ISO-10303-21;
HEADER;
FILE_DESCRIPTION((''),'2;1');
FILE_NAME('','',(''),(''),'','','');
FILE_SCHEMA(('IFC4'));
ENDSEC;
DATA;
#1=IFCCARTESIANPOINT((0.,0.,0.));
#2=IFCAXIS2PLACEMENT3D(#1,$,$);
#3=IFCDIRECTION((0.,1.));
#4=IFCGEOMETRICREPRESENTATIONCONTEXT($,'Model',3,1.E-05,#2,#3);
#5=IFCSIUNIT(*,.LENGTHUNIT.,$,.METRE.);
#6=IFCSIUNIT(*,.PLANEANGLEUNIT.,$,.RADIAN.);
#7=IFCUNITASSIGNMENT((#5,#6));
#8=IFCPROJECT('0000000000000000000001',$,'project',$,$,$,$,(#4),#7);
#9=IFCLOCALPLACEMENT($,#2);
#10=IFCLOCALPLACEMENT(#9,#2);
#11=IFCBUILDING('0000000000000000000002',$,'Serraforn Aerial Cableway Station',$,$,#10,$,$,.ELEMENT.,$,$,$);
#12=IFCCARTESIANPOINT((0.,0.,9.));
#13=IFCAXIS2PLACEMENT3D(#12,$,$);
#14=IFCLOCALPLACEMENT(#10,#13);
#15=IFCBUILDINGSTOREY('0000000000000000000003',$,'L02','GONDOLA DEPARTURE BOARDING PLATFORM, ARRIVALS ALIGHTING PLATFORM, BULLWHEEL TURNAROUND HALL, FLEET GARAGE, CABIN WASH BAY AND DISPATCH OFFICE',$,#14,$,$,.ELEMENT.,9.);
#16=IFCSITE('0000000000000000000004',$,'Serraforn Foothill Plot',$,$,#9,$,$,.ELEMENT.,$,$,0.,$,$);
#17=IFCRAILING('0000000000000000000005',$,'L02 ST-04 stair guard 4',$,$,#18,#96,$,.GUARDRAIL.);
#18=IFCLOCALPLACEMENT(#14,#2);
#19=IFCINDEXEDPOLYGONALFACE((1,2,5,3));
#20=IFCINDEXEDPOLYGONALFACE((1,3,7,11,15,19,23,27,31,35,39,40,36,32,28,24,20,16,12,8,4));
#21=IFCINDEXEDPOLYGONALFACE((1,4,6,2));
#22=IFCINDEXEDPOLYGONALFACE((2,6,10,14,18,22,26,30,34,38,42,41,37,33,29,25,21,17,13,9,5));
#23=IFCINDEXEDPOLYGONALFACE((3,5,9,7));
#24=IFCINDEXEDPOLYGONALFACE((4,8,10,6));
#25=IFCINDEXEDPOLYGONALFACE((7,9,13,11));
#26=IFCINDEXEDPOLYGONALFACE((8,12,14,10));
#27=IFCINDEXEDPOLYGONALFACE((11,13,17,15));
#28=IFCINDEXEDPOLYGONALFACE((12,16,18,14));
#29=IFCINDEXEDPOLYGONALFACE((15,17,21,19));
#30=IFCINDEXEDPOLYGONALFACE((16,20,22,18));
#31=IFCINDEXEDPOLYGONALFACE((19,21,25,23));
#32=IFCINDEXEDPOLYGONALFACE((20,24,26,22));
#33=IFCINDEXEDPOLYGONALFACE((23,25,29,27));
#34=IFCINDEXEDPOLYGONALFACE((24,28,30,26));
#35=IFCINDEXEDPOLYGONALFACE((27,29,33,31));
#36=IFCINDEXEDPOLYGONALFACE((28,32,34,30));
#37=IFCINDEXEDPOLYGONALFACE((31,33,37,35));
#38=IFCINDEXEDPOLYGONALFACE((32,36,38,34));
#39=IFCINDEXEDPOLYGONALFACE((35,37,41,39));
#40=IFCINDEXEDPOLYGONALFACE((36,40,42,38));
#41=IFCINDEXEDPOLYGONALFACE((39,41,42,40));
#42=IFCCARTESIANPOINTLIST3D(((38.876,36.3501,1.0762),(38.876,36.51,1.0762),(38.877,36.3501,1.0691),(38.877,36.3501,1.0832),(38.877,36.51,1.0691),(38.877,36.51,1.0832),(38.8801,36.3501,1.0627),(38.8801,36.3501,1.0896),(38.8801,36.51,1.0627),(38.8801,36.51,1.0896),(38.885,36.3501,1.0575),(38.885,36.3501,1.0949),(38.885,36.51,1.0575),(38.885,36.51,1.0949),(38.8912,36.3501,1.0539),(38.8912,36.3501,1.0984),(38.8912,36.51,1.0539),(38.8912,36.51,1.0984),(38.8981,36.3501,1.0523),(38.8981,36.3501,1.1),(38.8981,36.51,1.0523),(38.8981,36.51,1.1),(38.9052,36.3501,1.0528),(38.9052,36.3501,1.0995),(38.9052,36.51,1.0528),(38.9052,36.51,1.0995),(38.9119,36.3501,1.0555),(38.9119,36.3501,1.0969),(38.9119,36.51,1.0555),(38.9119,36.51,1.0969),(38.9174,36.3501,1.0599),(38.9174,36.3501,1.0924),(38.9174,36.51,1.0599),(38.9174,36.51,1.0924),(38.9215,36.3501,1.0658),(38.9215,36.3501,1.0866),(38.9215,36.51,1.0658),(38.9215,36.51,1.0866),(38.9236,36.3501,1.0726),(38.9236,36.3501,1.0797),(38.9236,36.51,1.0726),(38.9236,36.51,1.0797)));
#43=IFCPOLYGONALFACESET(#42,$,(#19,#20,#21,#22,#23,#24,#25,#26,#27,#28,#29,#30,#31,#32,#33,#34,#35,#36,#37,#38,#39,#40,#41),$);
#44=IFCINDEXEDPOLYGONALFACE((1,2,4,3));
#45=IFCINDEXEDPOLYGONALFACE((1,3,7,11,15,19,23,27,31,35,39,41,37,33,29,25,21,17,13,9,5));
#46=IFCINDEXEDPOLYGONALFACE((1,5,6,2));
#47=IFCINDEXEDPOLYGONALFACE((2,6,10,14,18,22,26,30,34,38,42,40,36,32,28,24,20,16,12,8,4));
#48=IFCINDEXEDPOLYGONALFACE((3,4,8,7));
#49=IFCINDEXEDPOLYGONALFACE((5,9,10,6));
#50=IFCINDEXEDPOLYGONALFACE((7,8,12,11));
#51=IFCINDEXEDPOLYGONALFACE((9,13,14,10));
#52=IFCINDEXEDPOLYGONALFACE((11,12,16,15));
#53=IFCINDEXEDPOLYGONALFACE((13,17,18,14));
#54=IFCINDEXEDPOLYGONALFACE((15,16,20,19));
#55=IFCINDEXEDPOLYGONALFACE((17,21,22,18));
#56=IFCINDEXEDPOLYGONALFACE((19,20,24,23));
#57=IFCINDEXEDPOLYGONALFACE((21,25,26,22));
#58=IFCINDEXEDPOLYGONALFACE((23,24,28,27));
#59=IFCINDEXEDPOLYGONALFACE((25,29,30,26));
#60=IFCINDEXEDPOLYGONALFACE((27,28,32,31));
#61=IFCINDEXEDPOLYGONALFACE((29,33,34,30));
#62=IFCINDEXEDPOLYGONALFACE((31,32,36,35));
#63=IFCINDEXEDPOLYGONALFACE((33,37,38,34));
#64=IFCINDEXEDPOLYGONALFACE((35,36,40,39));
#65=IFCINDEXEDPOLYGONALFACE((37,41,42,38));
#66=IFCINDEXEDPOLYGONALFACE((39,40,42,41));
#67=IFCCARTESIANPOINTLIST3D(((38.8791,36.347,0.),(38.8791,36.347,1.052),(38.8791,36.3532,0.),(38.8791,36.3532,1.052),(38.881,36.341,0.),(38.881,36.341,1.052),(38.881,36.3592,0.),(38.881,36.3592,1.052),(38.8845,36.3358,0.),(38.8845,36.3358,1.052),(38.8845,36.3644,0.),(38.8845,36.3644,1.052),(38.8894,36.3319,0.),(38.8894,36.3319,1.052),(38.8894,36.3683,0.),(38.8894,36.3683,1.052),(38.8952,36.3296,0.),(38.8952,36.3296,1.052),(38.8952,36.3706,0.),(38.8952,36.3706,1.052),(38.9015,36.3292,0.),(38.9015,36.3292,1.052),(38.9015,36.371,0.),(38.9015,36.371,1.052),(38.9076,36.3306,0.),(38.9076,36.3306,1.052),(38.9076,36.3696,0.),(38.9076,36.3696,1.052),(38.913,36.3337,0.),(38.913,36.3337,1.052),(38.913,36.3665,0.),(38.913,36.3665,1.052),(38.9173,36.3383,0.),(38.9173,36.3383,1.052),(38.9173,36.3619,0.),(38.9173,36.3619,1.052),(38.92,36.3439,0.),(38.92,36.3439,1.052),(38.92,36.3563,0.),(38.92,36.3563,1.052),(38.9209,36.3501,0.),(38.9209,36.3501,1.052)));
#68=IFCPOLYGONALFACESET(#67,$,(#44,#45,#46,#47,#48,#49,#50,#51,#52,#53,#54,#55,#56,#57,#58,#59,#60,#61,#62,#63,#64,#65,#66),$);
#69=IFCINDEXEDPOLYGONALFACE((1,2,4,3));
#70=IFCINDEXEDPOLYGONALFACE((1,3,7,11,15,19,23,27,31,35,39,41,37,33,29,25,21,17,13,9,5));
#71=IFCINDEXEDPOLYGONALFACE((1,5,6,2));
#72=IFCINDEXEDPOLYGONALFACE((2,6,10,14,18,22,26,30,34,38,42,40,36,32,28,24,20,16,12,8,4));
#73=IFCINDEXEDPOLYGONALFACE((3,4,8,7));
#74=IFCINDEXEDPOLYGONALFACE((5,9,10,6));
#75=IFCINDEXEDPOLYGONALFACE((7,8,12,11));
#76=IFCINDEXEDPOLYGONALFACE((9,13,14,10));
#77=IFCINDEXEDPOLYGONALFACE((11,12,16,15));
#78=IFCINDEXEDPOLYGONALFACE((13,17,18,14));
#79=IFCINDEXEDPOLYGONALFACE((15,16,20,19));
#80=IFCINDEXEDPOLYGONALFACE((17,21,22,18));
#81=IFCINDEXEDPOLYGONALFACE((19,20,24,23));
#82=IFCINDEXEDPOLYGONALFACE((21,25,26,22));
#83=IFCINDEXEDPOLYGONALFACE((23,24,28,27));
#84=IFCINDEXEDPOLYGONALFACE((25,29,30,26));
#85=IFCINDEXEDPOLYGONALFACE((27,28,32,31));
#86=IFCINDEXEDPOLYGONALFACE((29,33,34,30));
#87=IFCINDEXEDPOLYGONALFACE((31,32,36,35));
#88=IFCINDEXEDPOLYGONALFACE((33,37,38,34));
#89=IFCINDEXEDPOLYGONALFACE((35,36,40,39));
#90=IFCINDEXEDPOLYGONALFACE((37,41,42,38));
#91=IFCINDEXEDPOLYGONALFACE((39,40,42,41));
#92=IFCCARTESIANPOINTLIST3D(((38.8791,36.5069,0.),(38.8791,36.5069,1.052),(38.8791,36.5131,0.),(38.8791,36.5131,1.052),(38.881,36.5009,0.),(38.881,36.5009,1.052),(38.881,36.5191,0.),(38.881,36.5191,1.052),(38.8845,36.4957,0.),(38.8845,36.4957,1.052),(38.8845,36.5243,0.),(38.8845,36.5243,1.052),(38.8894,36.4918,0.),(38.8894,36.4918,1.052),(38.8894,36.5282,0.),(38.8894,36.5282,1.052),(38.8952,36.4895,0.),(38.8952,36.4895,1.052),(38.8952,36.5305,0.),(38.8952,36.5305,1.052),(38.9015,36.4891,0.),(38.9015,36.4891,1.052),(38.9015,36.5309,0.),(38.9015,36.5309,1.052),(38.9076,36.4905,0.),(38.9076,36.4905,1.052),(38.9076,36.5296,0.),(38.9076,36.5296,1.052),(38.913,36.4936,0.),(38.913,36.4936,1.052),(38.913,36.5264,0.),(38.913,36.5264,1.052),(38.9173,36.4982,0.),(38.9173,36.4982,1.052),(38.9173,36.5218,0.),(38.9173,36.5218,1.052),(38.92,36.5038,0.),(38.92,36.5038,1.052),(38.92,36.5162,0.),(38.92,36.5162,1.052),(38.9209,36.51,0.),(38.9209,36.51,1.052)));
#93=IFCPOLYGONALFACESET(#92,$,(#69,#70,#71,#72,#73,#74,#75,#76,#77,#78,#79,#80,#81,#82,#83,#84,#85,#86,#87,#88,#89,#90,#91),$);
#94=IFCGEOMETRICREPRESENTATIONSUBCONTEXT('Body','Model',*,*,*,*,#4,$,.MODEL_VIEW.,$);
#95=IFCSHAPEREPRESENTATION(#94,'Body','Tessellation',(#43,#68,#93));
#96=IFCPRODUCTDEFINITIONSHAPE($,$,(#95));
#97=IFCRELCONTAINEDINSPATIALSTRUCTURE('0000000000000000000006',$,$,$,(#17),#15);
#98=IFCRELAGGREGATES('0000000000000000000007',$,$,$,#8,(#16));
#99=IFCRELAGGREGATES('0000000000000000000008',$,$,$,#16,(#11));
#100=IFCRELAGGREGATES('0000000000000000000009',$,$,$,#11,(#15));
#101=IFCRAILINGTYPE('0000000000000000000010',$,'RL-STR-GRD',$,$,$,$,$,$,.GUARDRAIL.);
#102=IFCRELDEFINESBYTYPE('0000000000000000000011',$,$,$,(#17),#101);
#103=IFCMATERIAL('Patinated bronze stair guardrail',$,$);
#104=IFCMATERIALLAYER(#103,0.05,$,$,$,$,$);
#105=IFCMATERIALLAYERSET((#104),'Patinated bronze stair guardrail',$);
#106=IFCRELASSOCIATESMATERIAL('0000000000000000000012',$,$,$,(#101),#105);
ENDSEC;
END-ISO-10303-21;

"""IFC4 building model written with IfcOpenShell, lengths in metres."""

from ifc_helpers import new_model, si_unit, direction, frame, origin, origin_2d, place, context, subcontext, project, spatial, circle, extrude, material, layer, layer_set, type_object, element, save


model = new_model("IFC4")

# Units and contexts
model_context = context("Model", 3, precision=1e-05, world=origin(), true_north=direction((0.0, 1.0)))
body_context = subcontext(model_context, "Body", "Model", "MODEL_VIEW")
ifc_project = project(units=[si_unit("LENGTHUNIT", "METRE"), si_unit("PLANEANGLEUNIT", "RADIAN")], contexts=[model_context])

# Site, building, storey
site_placement = place(None, origin())
site = spatial("IfcSite", under=ifc_project, at=site_placement, Name="Serraforn Foothill Plot", CompositionType="ELEMENT", RefElevation=0.0)
building_placement = place(site_placement, origin())
building = spatial("IfcBuilding", under=site, at=building_placement, Name="Serraforn Aerial Cableway Station", CompositionType="ELEMENT")
storey_placement = place(building_placement, frame((0.0, 0.0, 9.0)))
storey = spatial("IfcBuildingStorey", under=building, at=storey_placement, Name="L02", Description="GONDOLA DEPARTURE BOARDING PLATFORM, ARRIVALS ALIGHTING PLATFORM, BULLWHEEL TURNAROUND HALL, FLEET GARAGE, CABIN WASH BAY AND DISPATCH OFFICE", CompositionType="ELEMENT", Elevation=9.0)

# Railing
ifc_material_1 = material(Name="Patinated bronze stair guardrail")
ifc_layer_1 = layer(ifc_material_1, 0.05)
ifc_layer_set_1 = layer_set([ifc_layer_1], Name="Patinated bronze stair guardrail")
railing_type_1 = type_object("IfcRailingType", Name="RL-STR-GRD", PredefinedType="GUARDRAIL", material=ifc_layer_set_1)
railing_1_placement = place(storey_placement, frame((38.8999, 36.3501, 0.0)))
element("IfcRailing", 1, at=railing_1_placement, inside=storey, type_object=railing_type_1, Name="L02 ST-04 stair guard 4", PredefinedType="GUARDRAIL", context=body_context, shape_type="SweptSolid", body=[
    extrude(circle(Radius=0.0239, at=origin_2d()), frame((0.0, 0.0, 1.0762), z_axis=(0.0, 1.0, 0.0), x_axis=(-1.0, 0.0, 0.0)), (0.0, 0.0, 1.0), 0.1599),
    extrude(circle(Radius=0.021, at=origin_2d()), origin(), (0.0, 0.0, 1.0), 1.052),
    extrude(circle(Radius=0.021, at=origin_2d()), frame((0.0, 0.1599, 0.0)), (0.0, 0.0, 1.0), 1.052),
])

save(model, "model.ifc")
